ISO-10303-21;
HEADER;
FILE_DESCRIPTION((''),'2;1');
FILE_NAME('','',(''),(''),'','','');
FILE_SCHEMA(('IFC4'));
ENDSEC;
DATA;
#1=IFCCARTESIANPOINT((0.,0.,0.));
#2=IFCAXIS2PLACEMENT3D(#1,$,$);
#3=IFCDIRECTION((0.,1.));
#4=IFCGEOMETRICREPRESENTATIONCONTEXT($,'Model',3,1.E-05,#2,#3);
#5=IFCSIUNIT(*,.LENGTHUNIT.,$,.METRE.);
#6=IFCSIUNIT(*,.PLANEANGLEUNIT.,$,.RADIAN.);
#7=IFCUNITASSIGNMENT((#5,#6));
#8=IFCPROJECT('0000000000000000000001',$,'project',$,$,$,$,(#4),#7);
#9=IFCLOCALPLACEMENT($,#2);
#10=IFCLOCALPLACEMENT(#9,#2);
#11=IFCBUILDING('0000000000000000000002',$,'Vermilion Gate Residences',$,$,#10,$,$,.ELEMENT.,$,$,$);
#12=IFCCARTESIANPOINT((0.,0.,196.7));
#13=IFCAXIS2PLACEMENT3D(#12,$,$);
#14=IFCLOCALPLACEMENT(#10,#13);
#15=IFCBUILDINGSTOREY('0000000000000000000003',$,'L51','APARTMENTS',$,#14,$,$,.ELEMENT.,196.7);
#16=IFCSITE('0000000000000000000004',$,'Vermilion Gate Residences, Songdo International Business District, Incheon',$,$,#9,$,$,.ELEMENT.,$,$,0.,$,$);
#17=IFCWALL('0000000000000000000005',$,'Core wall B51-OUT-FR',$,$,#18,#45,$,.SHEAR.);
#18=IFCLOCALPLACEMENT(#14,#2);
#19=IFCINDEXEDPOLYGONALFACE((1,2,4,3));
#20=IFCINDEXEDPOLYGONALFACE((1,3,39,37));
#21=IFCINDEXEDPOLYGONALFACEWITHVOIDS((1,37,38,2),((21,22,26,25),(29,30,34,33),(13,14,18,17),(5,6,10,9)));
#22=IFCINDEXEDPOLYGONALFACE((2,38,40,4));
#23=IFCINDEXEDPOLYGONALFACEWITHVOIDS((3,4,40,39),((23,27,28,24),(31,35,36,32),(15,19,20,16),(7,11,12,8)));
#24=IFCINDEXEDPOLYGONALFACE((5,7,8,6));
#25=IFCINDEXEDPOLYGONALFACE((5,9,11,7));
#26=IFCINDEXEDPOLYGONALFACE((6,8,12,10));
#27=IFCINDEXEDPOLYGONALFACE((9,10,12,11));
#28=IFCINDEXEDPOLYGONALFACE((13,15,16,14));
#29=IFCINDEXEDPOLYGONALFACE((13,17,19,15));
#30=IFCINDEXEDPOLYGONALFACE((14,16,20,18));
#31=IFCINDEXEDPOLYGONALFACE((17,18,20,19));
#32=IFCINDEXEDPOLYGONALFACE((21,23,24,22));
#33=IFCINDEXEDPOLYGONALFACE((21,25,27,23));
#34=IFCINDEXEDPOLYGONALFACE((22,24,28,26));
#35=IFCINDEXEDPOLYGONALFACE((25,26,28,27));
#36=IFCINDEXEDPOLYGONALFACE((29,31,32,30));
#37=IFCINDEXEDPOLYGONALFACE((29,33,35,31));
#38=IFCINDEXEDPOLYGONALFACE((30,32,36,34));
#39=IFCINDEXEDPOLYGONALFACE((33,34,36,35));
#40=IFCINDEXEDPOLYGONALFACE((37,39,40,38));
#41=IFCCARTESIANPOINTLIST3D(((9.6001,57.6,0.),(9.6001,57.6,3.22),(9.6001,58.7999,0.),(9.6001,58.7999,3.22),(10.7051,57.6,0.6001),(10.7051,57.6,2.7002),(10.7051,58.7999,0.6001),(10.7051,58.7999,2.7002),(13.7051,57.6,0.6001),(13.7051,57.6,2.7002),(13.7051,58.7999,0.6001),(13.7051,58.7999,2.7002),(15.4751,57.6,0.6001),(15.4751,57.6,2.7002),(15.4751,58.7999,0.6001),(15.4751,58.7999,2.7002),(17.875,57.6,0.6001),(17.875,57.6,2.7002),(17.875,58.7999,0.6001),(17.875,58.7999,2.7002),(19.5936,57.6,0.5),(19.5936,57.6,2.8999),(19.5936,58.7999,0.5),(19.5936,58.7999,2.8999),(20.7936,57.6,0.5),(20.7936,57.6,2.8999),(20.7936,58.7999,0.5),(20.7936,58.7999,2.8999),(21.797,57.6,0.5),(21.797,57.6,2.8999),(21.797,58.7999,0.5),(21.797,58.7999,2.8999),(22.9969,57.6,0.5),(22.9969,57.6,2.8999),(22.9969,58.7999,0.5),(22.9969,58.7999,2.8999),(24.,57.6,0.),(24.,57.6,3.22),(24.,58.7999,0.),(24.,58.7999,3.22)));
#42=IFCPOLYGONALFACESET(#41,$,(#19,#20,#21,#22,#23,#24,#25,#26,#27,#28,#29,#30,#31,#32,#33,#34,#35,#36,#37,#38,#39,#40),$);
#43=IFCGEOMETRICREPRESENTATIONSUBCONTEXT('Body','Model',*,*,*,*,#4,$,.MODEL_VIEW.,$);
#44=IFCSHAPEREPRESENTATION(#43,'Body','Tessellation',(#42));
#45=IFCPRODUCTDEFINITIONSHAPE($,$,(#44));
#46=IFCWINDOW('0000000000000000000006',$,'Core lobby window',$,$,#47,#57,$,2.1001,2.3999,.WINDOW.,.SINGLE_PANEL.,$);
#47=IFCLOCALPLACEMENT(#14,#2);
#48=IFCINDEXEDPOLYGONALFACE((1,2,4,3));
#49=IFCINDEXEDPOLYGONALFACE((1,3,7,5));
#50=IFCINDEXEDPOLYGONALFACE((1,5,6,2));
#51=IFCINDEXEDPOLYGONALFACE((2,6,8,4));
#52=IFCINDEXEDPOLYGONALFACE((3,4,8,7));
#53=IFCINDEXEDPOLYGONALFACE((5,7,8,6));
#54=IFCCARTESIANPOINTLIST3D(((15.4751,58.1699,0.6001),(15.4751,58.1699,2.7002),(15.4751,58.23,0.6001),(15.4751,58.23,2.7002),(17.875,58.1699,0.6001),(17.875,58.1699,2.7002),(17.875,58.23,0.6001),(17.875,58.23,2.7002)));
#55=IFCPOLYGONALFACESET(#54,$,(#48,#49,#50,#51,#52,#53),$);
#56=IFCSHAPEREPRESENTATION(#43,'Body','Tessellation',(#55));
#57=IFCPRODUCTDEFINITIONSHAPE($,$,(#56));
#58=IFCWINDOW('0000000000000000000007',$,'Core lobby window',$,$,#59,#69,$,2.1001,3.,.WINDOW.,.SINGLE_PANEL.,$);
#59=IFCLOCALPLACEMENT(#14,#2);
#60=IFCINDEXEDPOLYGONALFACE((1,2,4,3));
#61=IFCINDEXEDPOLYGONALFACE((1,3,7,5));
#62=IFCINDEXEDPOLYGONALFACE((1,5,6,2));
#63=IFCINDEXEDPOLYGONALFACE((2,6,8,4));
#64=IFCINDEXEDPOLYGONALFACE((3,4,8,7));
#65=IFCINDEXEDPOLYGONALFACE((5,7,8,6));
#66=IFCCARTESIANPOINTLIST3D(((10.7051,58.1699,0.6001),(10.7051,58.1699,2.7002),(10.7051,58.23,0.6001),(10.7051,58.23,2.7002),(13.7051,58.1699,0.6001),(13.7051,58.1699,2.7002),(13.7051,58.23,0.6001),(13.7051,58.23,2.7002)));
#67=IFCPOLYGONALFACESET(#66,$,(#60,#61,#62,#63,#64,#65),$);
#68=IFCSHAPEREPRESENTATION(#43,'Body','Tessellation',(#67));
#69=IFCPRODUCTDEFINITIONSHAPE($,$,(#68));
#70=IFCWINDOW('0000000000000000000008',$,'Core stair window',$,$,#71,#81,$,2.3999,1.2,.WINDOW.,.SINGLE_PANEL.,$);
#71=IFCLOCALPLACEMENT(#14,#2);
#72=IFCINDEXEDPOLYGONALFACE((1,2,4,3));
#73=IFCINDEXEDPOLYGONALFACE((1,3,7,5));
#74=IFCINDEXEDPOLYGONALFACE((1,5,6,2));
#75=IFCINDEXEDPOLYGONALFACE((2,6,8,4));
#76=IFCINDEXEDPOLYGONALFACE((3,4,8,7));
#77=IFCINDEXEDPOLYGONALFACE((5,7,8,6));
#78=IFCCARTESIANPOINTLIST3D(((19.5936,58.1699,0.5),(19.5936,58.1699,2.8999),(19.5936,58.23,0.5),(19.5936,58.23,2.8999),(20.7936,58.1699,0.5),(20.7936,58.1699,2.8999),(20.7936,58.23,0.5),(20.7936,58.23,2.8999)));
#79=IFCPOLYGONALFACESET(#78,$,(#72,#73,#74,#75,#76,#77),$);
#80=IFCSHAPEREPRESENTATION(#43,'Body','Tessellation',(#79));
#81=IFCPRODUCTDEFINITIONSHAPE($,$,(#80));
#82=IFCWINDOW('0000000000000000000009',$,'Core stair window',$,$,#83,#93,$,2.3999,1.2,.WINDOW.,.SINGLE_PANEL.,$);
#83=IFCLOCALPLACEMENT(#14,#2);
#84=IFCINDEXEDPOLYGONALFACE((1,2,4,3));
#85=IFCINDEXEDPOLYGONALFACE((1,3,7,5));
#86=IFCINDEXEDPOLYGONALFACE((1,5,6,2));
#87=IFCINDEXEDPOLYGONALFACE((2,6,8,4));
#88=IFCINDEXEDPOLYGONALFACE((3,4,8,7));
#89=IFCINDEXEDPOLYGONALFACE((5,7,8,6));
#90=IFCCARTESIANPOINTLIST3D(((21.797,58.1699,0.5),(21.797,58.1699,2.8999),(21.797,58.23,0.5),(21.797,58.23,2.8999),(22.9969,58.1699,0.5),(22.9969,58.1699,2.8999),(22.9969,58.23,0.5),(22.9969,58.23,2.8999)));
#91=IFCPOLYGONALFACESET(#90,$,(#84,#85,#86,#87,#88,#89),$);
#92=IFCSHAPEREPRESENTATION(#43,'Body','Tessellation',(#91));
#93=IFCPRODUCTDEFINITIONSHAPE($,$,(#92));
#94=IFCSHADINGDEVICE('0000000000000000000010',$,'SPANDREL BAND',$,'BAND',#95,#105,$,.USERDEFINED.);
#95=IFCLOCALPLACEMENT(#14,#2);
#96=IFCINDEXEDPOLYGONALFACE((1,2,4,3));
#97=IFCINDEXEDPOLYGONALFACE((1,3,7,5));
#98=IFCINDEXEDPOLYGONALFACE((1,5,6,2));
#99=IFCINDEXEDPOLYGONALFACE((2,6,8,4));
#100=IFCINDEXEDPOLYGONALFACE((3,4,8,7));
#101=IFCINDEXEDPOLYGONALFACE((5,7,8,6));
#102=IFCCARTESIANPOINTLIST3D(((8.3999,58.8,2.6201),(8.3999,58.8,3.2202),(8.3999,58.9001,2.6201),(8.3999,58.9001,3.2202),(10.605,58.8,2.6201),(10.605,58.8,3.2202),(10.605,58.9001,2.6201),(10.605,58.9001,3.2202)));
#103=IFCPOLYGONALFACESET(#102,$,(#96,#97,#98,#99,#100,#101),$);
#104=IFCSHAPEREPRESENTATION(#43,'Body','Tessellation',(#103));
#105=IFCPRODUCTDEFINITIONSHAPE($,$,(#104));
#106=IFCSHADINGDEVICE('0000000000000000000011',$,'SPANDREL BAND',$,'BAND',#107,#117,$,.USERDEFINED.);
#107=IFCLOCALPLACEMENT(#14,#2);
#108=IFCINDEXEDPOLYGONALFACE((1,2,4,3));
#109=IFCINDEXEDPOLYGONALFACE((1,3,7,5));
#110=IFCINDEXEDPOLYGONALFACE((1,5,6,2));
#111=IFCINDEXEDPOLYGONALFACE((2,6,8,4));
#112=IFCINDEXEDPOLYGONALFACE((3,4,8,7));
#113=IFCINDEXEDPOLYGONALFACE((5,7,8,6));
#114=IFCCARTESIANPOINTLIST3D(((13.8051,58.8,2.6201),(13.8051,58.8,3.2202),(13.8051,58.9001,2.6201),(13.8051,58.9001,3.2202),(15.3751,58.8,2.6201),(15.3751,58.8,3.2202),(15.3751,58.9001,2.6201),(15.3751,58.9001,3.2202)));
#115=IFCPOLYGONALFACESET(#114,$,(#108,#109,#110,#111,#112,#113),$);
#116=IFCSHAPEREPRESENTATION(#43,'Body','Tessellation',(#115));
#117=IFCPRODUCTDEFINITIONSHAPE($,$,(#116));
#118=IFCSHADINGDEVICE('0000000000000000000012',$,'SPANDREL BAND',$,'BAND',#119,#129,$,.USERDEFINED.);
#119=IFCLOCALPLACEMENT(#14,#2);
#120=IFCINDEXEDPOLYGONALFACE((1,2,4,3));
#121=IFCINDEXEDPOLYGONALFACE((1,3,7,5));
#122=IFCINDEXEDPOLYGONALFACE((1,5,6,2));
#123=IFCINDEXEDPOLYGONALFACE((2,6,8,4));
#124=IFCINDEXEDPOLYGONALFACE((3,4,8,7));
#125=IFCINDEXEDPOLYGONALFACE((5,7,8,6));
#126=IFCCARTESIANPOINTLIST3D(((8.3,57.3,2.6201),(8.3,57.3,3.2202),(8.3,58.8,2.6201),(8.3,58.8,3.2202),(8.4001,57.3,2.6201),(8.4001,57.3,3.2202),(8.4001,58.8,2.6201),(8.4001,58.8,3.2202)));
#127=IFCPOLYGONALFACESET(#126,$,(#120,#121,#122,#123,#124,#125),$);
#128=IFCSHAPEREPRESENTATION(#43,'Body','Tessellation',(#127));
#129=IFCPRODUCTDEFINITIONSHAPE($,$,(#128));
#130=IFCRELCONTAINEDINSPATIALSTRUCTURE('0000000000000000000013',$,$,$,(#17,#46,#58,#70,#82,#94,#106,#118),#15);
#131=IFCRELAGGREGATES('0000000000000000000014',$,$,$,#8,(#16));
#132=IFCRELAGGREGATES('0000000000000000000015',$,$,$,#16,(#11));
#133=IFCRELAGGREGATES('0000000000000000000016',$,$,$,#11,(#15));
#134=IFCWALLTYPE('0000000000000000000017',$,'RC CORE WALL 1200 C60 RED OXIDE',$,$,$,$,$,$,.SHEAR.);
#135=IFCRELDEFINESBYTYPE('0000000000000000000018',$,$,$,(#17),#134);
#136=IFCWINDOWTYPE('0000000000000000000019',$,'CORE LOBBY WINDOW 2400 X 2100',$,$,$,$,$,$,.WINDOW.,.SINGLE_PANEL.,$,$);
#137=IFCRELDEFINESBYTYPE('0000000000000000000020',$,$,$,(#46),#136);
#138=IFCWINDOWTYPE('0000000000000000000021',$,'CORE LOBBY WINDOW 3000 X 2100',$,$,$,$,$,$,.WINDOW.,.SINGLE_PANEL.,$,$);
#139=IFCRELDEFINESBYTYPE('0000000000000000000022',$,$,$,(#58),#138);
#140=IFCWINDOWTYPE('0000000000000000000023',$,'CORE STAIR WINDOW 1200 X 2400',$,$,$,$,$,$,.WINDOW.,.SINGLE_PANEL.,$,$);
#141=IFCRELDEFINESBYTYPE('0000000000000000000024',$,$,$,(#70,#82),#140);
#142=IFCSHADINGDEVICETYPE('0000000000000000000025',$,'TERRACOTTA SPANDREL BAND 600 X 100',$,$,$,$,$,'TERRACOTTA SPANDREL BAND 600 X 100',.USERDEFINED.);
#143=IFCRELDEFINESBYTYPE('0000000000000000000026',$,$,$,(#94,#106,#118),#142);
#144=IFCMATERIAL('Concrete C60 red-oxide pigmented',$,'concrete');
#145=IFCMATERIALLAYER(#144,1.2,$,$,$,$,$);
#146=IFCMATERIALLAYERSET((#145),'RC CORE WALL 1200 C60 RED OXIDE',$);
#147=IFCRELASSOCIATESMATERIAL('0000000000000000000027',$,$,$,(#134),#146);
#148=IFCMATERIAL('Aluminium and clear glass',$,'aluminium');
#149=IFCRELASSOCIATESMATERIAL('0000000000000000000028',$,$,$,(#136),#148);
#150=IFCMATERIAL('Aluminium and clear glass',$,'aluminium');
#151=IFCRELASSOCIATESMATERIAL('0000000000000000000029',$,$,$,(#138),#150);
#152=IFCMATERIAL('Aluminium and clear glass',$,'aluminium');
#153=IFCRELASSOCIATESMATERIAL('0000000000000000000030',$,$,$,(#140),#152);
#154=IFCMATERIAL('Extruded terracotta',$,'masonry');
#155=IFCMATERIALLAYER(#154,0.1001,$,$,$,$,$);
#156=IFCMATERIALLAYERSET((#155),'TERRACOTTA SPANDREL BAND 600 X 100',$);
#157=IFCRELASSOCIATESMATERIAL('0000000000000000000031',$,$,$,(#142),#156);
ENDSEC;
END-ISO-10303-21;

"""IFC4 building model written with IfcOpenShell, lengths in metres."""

from ifc_helpers import new_model, si_unit, direction, frame, frame_2d, origin, origin_2d, place, context, subcontext, project, spatial, rectangle, extrude, material, layer, layer_set, type_object, element, fill, save


model = new_model("IFC4")

# Units and contexts
model_context = context("Model", 3, precision=1e-05, world=origin(), true_north=direction((0.0, 1.0)))
body_context = subcontext(model_context, "Body", "Model", "MODEL_VIEW")
ifc_project = project(units=[si_unit("LENGTHUNIT", "METRE"), si_unit("PLANEANGLEUNIT", "RADIAN")], contexts=[model_context])

# Site, building, storey
site_placement = place(None, origin())
site = spatial("IfcSite", under=ifc_project, at=site_placement, Name="Vermilion Gate Residences, Songdo International Business District, Incheon", CompositionType="ELEMENT", RefElevation=0.0)
building_placement = place(site_placement, origin())
building = spatial("IfcBuilding", under=site, at=building_placement, Name="Vermilion Gate Residences", CompositionType="ELEMENT")
storey_placement = place(building_placement, frame((0.0, 0.0, 196.7)))
storey = spatial("IfcBuildingStorey", under=building, at=storey_placement, Name="L51", Description="APARTMENTS", CompositionType="ELEMENT", Elevation=196.7)

# Wall, openings, windows
ifc_material_1 = material(Name="Concrete C60 red-oxide pigmented", Category="concrete")
ifc_layer_1 = layer(ifc_material_1, 1.2)
ifc_layer_set_1 = layer_set([ifc_layer_1], Name="RC CORE WALL 1200 C60 RED OXIDE")
wall_type_1 = type_object("IfcWallType", Name="RC CORE WALL 1200 C60 RED OXIDE", PredefinedType="SHEAR", material=ifc_layer_set_1)
ifc_material_2 = material(Name="Aluminium and clear glass", Category="aluminium")
window_type_1 = type_object("IfcWindowType", Name="CORE LOBBY WINDOW 2400 X 2100", PartitioningType="SINGLE_PANEL", PredefinedType="WINDOW", material=ifc_material_2)
wall_1_placement = place(storey_placement, frame((9.6001, 58.2, 0.0), z_axis=(0.0, 0.0, 1.0), x_axis=(1.0, 0.0, 0.0)))
wall_1 = element("IfcWall", 1, at=wall_1_placement, inside=storey, type_object=wall_type_1, Name="Core wall B51-OUT-FR", PredefinedType="SHEAR", context=body_context, shape_type="SweptSolid", body=[
    extrude(rectangle(XDim=14.3999, YDim=1.2, at=frame_2d((7.2, 0.0))), origin(), (0.0, 0.0, 1.0), 3.22),
])
opening_1_placement = place(wall_1_placement, frame((1.105, 0.0, 0.6001)))
opening_1 = element("IfcOpeningElement", 2, at=opening_1_placement, cuts=wall_1, PredefinedType="OPENING", context=body_context, shape_type="SweptSolid", body=[
    extrude(rectangle(XDim=3.0, YDim=2.1001, at=frame_2d((1.5, 1.05))), frame((0.0, 0.6099, 0.0), z_axis=(0.0, -1.0, 0.0), x_axis=(1.0, 0.0, 0.0)), (0.0, 0.0, 1.0), 1.22),
])
opening_2_placement = place(wall_1_placement, frame((5.875, 0.0, 0.6001)))
opening_2 = element("IfcOpeningElement", 3, at=opening_2_placement, cuts=wall_1, PredefinedType="OPENING", context=body_context, shape_type="SweptSolid", body=[
    extrude(rectangle(XDim=2.3999, YDim=2.1001, at=frame_2d((1.2, 1.05))), frame((0.0, 0.6099, 0.0), z_axis=(0.0, -1.0, 0.0), x_axis=(1.0, 0.0, 0.0)), (0.0, 0.0, 1.0), 1.22),
])
opening_3_placement = place(wall_1_placement, frame((9.9934, 0.0, 0.5)))
opening_3 = element("IfcOpeningElement", 4, at=opening_3_placement, cuts=wall_1, PredefinedType="OPENING", context=body_context, shape_type="SweptSolid", body=[
    extrude(rectangle(XDim=1.2, YDim=2.3999, at=frame_2d((0.6001, 1.2))), frame((0.0, 0.6099, 0.0), z_axis=(0.0, -1.0, 0.0), x_axis=(1.0, 0.0, 0.0)), (0.0, 0.0, 1.0), 1.22),
])
opening_4_placement = place(wall_1_placement, frame((12.1968, 0.0, 0.5)))
opening_4 = element("IfcOpeningElement", 5, at=opening_4_placement, cuts=wall_1, PredefinedType="OPENING", context=body_context, shape_type="SweptSolid", body=[
    extrude(rectangle(XDim=1.2, YDim=2.3999, at=frame_2d((0.6001, 1.2))), frame((0.0, 0.6099, 0.0), z_axis=(0.0, -1.0, 0.0), x_axis=(1.0, 0.0, 0.0)), (0.0, 0.0, 1.0), 1.22),
])
window_1_placement = place(opening_2_placement, origin())
window_1 = element("IfcWindow", 6, at=window_1_placement, inside=storey, type_object=window_type_1, Name="Core lobby window", OverallHeight=2.1001, OverallWidth=2.3999, PartitioningType="SINGLE_PANEL", PredefinedType="WINDOW", context=body_context, shape_type="SweptSolid", body=[
    extrude(rectangle(XDim=2.3999, YDim=2.1001, at=frame_2d((1.2, 1.05))), frame((0.0, 0.03, 0.0), z_axis=(0.0, -1.0, 0.0), x_axis=(1.0, 0.0, 0.0)), (0.0, 0.0, 1.0), 0.0601),
])
fill(opening_2, window_1)
ifc_material_3 = material(Name="Aluminium and clear glass", Category="aluminium")
window_type_2 = type_object("IfcWindowType", Name="CORE LOBBY WINDOW 3000 X 2100", PartitioningType="SINGLE_PANEL", PredefinedType="WINDOW", material=ifc_material_3)
window_2_placement = place(opening_1_placement, origin())
window_2 = element("IfcWindow", 7, at=window_2_placement, inside=storey, type_object=window_type_2, Name="Core lobby window", OverallHeight=2.1001, OverallWidth=3.0, PartitioningType="SINGLE_PANEL", PredefinedType="WINDOW", context=body_context, shape_type="SweptSolid", body=[
    extrude(rectangle(XDim=3.0, YDim=2.1001, at=frame_2d((1.5, 1.05))), frame((0.0, 0.03, 0.0), z_axis=(0.0, -1.0, 0.0), x_axis=(1.0, 0.0, 0.0)), (0.0, 0.0, 1.0), 0.0601),
])
fill(opening_1, window_2)
ifc_material_4 = material(Name="Aluminium and clear glass", Category="aluminium")
window_type_3 = type_object("IfcWindowType", Name="CORE STAIR WINDOW 1200 X 2400", PartitioningType="SINGLE_PANEL", PredefinedType="WINDOW", material=ifc_material_4)
window_3_placement = place(opening_3_placement, origin())
window_3 = element("IfcWindow", 8, at=window_3_placement, inside=storey, type_object=window_type_3, Name="Core stair window", OverallHeight=2.3999, OverallWidth=1.2, PartitioningType="SINGLE_PANEL", PredefinedType="WINDOW", context=body_context, shape_type="SweptSolid", body=[
    extrude(rectangle(XDim=1.2, YDim=2.3999, at=frame_2d((0.6001, 1.2))), frame((0.0, 0.03, 0.0), z_axis=(0.0, -1.0, 0.0), x_axis=(1.0, 0.0, 0.0)), (0.0, 0.0, 1.0), 0.0601),
])
fill(opening_3, window_3)
window_4_placement = place(opening_4_placement, origin())
window_4 = element("IfcWindow", 9, at=window_4_placement, inside=storey, type_object=window_type_3, Name="Core stair window", OverallHeight=2.3999, OverallWidth=1.2, PartitioningType="SINGLE_PANEL", PredefinedType="WINDOW", context=body_context, shape_type="SweptSolid", body=[
    extrude(rectangle(XDim=1.2, YDim=2.3999, at=frame_2d((0.6001, 1.2))), frame((0.0, 0.03, 0.0), z_axis=(0.0, -1.0, 0.0), x_axis=(1.0, 0.0, 0.0)), (0.0, 0.0, 1.0), 0.0601),
])
fill(opening_4, window_4)

# Shading devices
ifc_material_5 = material(Name="Extruded terracotta", Category="masonry")
ifc_layer_2 = layer(ifc_material_5, 0.1001)
ifc_layer_set_2 = layer_set([ifc_layer_2], Name="TERRACOTTA SPANDREL BAND 600 X 100")
shading_device_type = type_object("IfcShadingDeviceType", Name="TERRACOTTA SPANDREL BAND 600 X 100", ElementType="TERRACOTTA SPANDREL BAND 600 X 100", PredefinedType="USERDEFINED", material=ifc_layer_set_2)
shading_device_1_placement = place(storey_placement, frame((9.5024, 58.8501, 2.6201), z_axis=(0.0, 0.0, 1.0), x_axis=(1.0, 0.0, 0.0)))
element("IfcShadingDevice", 10, at=shading_device_1_placement, inside=storey, type_object=shading_device_type, Name="SPANDREL BAND", ObjectType="BAND", PredefinedType="USERDEFINED", context=body_context, shape_type="SweptSolid", body=[
    extrude(rectangle(XDim=2.2051, YDim=0.1001, at=origin_2d()), origin(), (0.0, 0.0, 1.0), 0.6001),
])
shading_device_2_placement = place(storey_placement, frame((14.5901, 58.8501, 2.6201), z_axis=(0.0, 0.0, 1.0), x_axis=(1.0, 0.0, 0.0)))
element("IfcShadingDevice", 11, at=shading_device_2_placement, inside=storey, type_object=shading_device_type, Name="SPANDREL BAND", ObjectType="BAND", PredefinedType="USERDEFINED", context=body_context, shape_type="SweptSolid", body=[
    extrude(rectangle(XDim=1.5701, YDim=0.1001, at=origin_2d()), origin(), (0.0, 0.0, 1.0), 0.6001),
])
shading_device_3_placement = place(storey_placement, frame((8.3501, 58.05, 2.6201), z_axis=(0.0, 0.0, 1.0), x_axis=(0.0, 1.0, 0.0)))
element("IfcShadingDevice", 12, at=shading_device_3_placement, inside=storey, type_object=shading_device_type, Name="SPANDREL BAND", ObjectType="BAND", PredefinedType="USERDEFINED", context=body_context, shape_type="SweptSolid", body=[
    extrude(rectangle(XDim=1.5, YDim=0.1001, at=origin_2d()), origin(), (0.0, 0.0, 1.0), 0.6001),
])

save(model, "model.ifc")
